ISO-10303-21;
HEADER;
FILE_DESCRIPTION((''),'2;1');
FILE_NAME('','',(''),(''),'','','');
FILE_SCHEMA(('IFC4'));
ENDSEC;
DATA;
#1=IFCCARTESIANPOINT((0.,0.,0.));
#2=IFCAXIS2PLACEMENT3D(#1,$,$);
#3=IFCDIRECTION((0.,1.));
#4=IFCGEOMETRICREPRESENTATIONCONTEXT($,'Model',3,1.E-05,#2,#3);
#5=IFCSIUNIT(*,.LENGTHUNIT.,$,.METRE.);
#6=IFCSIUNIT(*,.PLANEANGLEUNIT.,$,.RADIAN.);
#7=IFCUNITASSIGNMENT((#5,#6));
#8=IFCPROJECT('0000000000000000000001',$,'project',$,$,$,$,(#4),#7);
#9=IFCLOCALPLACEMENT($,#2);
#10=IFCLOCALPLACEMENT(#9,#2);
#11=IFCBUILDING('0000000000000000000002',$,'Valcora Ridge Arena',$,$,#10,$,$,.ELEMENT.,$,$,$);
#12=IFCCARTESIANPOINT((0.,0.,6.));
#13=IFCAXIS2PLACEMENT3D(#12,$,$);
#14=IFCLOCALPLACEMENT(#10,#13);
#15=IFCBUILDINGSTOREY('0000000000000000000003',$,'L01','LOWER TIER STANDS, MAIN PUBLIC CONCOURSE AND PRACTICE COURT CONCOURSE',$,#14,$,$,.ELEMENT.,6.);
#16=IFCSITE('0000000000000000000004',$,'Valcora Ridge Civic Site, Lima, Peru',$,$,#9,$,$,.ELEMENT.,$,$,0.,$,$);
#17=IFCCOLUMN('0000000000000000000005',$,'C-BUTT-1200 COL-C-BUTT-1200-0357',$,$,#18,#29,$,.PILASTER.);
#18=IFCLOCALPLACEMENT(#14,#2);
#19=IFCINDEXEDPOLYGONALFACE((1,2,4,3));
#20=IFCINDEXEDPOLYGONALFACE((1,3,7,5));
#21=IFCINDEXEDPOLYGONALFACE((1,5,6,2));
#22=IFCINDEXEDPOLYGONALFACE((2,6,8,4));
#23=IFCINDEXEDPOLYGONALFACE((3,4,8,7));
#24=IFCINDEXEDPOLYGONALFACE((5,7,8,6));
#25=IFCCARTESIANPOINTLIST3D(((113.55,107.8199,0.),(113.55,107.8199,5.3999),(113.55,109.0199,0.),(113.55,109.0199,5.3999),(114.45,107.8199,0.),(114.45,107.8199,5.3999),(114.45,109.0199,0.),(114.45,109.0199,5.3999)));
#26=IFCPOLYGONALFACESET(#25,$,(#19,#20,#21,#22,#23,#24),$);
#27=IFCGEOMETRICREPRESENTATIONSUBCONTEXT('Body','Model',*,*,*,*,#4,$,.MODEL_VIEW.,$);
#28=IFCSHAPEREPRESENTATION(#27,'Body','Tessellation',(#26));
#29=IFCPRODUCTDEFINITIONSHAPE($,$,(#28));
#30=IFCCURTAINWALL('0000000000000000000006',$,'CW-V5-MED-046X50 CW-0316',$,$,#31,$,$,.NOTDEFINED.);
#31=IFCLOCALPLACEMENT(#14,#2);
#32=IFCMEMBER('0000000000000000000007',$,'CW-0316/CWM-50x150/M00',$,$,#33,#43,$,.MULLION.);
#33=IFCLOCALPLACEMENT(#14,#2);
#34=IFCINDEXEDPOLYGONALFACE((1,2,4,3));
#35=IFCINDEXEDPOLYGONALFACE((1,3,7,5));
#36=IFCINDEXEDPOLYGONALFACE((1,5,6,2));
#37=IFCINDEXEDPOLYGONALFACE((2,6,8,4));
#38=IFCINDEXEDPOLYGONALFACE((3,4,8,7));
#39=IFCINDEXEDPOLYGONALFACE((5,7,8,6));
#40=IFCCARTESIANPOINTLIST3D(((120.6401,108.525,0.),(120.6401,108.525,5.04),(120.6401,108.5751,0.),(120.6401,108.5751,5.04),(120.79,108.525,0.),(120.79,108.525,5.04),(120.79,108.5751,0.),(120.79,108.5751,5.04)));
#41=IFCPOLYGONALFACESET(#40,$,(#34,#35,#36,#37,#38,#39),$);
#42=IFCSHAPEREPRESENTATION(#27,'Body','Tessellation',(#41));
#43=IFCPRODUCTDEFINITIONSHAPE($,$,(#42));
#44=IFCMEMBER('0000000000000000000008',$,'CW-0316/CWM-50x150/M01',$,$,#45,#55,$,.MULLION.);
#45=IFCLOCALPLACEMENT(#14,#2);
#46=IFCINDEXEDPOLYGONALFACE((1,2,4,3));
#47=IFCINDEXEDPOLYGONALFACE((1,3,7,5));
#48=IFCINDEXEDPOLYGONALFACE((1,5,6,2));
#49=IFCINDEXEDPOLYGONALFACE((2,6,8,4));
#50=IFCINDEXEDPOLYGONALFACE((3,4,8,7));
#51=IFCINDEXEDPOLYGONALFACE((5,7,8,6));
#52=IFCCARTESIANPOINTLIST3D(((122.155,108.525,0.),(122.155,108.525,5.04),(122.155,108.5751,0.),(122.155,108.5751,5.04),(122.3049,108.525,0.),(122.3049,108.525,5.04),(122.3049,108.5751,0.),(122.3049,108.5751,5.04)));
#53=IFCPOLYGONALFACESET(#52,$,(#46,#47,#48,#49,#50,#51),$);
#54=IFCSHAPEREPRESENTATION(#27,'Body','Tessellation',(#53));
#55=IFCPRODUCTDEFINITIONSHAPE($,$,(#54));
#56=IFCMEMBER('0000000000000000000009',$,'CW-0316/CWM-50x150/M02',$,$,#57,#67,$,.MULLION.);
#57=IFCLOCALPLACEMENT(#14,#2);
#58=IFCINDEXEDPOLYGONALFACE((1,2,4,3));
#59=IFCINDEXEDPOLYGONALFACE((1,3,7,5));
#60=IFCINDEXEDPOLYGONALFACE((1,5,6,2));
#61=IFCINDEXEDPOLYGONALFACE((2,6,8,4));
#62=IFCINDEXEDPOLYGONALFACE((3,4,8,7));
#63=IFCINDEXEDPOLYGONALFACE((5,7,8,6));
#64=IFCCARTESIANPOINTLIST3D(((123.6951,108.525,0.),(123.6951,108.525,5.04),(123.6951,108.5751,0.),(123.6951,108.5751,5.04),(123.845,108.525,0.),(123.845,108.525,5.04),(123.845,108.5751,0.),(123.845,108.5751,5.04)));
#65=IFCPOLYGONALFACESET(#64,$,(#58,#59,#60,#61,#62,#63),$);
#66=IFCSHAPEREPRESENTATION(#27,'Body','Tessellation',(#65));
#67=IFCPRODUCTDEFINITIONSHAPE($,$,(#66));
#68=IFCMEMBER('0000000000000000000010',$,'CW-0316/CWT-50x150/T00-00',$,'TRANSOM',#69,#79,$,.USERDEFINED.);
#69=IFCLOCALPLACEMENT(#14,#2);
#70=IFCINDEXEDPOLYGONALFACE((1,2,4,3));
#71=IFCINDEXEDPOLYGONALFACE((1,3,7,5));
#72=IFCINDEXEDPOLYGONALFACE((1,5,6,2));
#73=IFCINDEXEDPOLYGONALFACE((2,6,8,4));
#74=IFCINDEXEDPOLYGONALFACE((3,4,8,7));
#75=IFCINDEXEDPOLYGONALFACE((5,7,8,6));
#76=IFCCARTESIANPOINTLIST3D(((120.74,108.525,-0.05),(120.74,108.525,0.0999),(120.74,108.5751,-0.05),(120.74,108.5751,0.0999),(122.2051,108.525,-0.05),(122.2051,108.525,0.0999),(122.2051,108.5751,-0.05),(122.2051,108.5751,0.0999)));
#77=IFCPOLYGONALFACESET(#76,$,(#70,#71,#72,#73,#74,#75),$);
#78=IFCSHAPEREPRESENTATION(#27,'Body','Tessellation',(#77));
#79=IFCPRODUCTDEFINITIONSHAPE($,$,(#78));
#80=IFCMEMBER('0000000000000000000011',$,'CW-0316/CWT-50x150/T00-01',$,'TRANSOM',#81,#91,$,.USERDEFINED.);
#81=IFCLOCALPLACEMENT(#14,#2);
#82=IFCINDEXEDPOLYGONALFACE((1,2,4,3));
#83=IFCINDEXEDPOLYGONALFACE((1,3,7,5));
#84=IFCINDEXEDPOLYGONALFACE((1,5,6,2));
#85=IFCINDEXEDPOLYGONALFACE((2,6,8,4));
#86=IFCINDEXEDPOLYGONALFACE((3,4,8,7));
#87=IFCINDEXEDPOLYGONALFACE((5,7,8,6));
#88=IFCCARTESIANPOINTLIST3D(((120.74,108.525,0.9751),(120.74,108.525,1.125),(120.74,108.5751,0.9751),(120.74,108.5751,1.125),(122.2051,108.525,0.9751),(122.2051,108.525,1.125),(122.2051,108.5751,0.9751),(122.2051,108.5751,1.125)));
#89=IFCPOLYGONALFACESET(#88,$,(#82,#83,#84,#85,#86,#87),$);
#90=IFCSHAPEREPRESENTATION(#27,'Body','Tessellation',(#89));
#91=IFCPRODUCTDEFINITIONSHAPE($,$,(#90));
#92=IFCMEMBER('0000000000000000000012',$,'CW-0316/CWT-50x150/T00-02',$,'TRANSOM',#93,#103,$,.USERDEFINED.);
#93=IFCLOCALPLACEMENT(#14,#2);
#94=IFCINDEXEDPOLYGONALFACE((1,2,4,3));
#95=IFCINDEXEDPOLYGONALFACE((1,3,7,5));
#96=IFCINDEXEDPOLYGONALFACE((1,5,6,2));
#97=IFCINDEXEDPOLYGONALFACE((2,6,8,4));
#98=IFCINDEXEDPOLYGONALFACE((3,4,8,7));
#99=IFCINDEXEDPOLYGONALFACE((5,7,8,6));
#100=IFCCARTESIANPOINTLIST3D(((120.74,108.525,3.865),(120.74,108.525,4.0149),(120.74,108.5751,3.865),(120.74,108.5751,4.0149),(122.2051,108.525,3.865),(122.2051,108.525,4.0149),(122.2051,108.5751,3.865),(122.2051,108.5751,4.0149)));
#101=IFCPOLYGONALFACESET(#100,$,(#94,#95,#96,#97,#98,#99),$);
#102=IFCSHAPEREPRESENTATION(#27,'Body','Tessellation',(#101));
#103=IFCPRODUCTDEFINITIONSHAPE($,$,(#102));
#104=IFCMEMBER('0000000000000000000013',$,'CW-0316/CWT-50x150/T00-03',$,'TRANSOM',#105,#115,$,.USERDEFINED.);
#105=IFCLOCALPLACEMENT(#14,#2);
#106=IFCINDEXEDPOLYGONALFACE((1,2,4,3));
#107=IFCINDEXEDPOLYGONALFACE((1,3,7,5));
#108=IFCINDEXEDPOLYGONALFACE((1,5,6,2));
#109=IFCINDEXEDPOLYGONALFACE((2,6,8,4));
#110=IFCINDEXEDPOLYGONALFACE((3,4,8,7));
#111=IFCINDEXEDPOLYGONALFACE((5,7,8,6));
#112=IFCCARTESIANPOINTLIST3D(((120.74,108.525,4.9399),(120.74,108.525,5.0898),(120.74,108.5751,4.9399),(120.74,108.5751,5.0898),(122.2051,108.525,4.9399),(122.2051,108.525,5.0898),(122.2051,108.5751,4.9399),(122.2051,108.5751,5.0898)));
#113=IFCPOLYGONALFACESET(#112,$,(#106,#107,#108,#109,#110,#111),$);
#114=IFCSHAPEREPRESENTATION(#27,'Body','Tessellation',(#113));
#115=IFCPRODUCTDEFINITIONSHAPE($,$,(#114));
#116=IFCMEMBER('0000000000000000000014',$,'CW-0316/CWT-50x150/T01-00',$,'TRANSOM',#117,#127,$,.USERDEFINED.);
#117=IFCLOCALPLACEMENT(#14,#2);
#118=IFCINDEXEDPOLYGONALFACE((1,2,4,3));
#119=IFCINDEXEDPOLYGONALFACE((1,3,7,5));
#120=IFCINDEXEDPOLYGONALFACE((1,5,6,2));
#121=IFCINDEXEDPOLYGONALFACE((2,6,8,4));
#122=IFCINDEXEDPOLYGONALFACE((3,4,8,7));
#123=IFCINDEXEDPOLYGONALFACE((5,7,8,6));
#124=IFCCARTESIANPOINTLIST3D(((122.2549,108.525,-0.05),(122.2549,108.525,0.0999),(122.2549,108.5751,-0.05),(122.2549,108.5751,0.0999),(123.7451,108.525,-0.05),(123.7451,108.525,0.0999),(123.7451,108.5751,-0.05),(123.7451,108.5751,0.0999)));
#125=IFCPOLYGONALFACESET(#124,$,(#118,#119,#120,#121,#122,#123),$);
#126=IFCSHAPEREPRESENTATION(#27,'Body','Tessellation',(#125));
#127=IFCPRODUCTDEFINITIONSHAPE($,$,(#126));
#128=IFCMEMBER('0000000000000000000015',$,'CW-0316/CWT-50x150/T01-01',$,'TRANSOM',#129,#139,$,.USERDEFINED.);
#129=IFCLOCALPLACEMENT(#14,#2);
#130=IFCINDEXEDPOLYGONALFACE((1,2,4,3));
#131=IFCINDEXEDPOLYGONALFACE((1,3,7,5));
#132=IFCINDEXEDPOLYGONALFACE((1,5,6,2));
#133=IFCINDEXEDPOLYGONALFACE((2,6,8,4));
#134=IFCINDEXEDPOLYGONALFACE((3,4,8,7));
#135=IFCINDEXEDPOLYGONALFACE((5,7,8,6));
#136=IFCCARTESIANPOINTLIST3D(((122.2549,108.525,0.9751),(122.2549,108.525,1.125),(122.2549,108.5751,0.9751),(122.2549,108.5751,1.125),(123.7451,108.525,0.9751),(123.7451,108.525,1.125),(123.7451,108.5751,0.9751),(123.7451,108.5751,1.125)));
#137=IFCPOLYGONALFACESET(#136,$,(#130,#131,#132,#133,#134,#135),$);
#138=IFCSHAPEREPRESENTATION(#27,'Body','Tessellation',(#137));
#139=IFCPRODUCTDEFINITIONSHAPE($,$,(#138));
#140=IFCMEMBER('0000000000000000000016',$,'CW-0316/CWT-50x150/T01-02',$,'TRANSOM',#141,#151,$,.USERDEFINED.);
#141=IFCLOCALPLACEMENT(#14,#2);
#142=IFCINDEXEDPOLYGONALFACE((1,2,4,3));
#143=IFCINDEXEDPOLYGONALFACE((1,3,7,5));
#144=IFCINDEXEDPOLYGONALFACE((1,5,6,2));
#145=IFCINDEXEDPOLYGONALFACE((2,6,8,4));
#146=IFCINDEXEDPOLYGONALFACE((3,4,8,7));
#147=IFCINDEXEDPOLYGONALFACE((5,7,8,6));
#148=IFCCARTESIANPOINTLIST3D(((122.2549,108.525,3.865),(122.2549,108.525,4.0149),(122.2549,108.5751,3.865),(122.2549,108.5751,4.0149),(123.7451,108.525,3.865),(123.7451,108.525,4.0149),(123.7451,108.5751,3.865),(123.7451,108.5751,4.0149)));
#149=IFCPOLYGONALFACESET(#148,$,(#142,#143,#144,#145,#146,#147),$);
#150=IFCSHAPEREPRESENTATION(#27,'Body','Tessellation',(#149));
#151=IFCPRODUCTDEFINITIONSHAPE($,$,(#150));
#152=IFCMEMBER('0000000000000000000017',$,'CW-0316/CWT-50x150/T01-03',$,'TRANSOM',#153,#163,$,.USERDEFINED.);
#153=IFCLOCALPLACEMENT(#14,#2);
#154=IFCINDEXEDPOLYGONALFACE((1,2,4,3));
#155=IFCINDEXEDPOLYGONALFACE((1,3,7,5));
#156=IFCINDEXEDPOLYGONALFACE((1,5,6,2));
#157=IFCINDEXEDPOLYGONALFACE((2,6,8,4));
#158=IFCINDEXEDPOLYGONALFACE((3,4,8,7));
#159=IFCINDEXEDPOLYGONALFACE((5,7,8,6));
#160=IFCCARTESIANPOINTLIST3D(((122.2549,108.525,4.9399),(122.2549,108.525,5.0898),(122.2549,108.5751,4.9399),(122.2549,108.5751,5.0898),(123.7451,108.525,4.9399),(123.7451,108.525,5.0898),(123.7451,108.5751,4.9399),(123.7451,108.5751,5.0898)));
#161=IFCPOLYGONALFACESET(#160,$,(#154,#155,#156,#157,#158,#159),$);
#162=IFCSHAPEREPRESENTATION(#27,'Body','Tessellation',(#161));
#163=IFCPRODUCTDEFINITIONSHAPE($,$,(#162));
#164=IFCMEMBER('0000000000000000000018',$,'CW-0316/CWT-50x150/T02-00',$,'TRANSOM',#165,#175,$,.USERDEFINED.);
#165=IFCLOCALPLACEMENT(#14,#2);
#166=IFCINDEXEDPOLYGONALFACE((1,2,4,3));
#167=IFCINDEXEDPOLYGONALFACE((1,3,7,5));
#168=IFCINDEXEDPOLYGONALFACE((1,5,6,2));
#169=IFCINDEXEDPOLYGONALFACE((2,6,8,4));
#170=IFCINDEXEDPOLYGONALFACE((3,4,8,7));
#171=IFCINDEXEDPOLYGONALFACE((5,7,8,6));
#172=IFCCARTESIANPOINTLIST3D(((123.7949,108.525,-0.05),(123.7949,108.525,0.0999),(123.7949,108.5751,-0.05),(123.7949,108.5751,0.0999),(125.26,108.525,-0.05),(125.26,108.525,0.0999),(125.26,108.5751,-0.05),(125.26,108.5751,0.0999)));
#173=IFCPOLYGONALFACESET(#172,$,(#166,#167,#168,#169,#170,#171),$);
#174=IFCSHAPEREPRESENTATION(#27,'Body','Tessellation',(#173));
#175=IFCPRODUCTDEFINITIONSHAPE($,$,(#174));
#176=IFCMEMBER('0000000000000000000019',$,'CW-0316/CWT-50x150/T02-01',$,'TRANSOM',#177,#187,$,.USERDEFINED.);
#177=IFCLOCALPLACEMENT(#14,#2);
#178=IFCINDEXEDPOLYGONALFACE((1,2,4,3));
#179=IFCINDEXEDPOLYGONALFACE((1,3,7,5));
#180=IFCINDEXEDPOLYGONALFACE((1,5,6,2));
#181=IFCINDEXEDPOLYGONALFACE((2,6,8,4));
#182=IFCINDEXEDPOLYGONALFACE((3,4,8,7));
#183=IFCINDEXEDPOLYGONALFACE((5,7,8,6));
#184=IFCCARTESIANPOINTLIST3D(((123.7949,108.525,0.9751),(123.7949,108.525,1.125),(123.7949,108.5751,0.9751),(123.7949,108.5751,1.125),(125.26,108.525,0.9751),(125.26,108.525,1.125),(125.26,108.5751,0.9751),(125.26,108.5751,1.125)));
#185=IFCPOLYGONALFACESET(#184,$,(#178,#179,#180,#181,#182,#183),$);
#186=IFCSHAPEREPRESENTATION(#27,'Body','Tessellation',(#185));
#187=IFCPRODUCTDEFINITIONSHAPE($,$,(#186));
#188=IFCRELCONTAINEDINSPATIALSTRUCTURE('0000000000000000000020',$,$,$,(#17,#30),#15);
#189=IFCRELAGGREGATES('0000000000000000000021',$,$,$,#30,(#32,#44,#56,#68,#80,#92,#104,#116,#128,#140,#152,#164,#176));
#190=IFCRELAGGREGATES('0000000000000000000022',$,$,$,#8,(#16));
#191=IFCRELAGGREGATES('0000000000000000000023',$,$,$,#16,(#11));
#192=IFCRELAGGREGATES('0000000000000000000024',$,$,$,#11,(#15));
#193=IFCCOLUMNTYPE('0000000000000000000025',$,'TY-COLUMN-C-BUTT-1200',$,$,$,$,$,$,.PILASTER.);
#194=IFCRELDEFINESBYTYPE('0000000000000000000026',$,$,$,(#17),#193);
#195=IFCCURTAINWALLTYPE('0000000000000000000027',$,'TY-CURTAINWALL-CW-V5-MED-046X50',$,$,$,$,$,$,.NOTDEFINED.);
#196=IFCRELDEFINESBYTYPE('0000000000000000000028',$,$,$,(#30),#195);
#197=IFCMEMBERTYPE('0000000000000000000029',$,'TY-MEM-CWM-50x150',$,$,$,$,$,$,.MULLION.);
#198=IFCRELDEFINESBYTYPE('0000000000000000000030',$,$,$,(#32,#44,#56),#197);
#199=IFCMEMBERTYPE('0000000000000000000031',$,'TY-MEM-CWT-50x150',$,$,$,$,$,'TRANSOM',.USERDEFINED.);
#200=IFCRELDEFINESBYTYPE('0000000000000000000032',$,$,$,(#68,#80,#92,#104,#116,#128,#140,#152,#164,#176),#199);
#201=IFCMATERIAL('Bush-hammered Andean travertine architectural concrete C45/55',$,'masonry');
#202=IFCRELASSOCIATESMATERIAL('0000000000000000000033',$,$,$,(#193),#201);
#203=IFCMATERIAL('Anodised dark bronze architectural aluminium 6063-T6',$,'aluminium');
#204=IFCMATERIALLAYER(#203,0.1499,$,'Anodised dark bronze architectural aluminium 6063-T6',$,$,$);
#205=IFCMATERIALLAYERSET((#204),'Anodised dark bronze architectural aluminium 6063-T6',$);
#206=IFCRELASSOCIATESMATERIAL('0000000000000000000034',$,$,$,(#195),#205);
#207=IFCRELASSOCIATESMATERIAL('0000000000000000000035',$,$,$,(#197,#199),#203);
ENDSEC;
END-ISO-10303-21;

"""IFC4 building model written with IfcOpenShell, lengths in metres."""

from ifc_helpers import new_model, si_unit, direction, frame, origin, origin_2d, place, context, subcontext, project, spatial, rectangle, extrude, material, layer, layer_set, material_profile, profile_set, type_object, element, aggregate, save


model = new_model("IFC4")

# Units and contexts
model_context = context("Model", 3, precision=1e-05, world=origin(), true_north=direction((0.0, 1.0)))
body_context = subcontext(model_context, "Body", "Model", "MODEL_VIEW")
ifc_project = project(units=[si_unit("LENGTHUNIT", "METRE"), si_unit("PLANEANGLEUNIT", "RADIAN")], contexts=[model_context])

# Site, building, storey
site_placement = place(None, origin())
site = spatial("IfcSite", under=ifc_project, at=site_placement, Name="Valcora Ridge Civic Site, Lima, Peru", CompositionType="ELEMENT", RefElevation=0.0)
building_placement = place(site_placement, origin())
building = spatial("IfcBuilding", under=site, at=building_placement, Name="Valcora Ridge Arena", CompositionType="ELEMENT")
storey_placement = place(building_placement, frame((0.0, 0.0, 6.0)))
storey = spatial("IfcBuildingStorey", under=building, at=storey_placement, Name="L01", Description="LOWER TIER STANDS, MAIN PUBLIC CONCOURSE AND PRACTICE COURT CONCOURSE", CompositionType="ELEMENT", Elevation=6.0)

# Column
ifc_material_1 = material(Name="Bush-hammered Andean travertine architectural concrete C45/55", Category="masonry")
ifc_material_profile_1 = material_profile(ifc_material_1, rectangle(XDim=0.8999, YDim=1.2, at=origin_2d()), Name="RC 900x1200")
ifc_profile_set_1 = profile_set([ifc_material_profile_1], Name="Bush-hammered Andean travertine architectural concrete C45/55")
column_type = type_object("IfcColumnType", Name="TY-COLUMN-C-BUTT-1200", PredefinedType="PILASTER", material=ifc_profile_set_1)
column_placement = place(storey_placement, frame((114.0, 108.4199, 0.0), z_axis=(0.0, 0.0, 1.0), x_axis=(1.0, 0.0, 0.0)))
element("IfcColumn", 1, at=column_placement, inside=storey, type_object=column_type, Name="C-BUTT-1200 COL-C-BUTT-1200-0357", PredefinedType="PILASTER", context=body_context, shape_type="SweptSolid", body=[
    extrude(rectangle(XDim=0.8999, YDim=1.2, at=origin_2d()), origin(), (0.0, 0.0, 1.0), 5.3999),
])

# Curtain wall, members
ifc_material_2 = material(Name="Anodised dark bronze architectural aluminium 6063-T6", Category="aluminium")
ifc_layer_1 = layer(ifc_material_2, 0.1499, Name="Anodised dark bronze architectural aluminium 6063-T6")
ifc_layer_set_1 = layer_set([ifc_layer_1], Name="Anodised dark bronze architectural aluminium 6063-T6")
curtain_wall_type = type_object("IfcCurtainWallType", Name="TY-CURTAINWALL-CW-V5-MED-046X50", PredefinedType="NOTDEFINED", material=ifc_layer_set_1)
curtain_wall_placement = place(storey_placement, origin())
curtain_wall = element("IfcCurtainWall", 2, at=curtain_wall_placement, inside=storey, type_object=curtain_wall_type, Name="CW-V5-MED-046X50 CW-0316", PredefinedType="NOTDEFINED")
ifc_material_profile_2 = material_profile(ifc_material_2, rectangle(XDim=0.05, YDim=0.1499, at=origin_2d()), Name="ALU MULLION 50x150")
ifc_profile_set_2 = profile_set([ifc_material_profile_2], Name="Anodised dark bronze architectural aluminium 6063-T6")
member_type_1 = type_object("IfcMemberType", Name="TY-MEM-CWM-50x150", PredefinedType="MULLION", material=ifc_profile_set_2)
member_1_placement = place(storey_placement, frame((120.7151, 108.55, 0.0), z_axis=(0.0, 0.0, 1.0), x_axis=(0.0, 1.0, 0.0)))
member_1 = element("IfcMember", 3, at=member_1_placement, type_object=member_type_1, Name="CW-0316/CWM-50x150/M00", PredefinedType="MULLION", context=body_context, shape_type="SweptSolid", body=[
    extrude(rectangle(XDim=0.05, YDim=0.1499, at=origin_2d()), origin(), (0.0, 0.0, 1.0), 5.04),
])
member_2_placement = place(storey_placement, frame((122.23, 108.55, 0.0), z_axis=(0.0, 0.0, 1.0), x_axis=(0.0, 1.0, 0.0)))
member_2 = element("IfcMember", 4, at=member_2_placement, type_object=member_type_1, Name="CW-0316/CWM-50x150/M01", PredefinedType="MULLION", context=body_context, shape_type="SweptSolid", body=[
    extrude(rectangle(XDim=0.05, YDim=0.1499, at=origin_2d()), origin(), (0.0, 0.0, 1.0), 5.04),
])
member_3_placement = place(storey_placement, frame((123.77, 108.55, 0.0), z_axis=(0.0, 0.0, 1.0), x_axis=(0.0, 1.0, 0.0)))
member_3 = element("IfcMember", 5, at=member_3_placement, type_object=member_type_1, Name="CW-0316/CWM-50x150/M02", PredefinedType="MULLION", context=body_context, shape_type="SweptSolid", body=[
    extrude(rectangle(XDim=0.05, YDim=0.1499, at=origin_2d()), origin(), (0.0, 0.0, 1.0), 5.04),
])
ifc_material_profile_3 = material_profile(ifc_material_2, rectangle(XDim=0.05, YDim=0.1499, at=origin_2d()), Name="ALU TRANSOM 50x150")
ifc_profile_set_3 = profile_set([ifc_material_profile_3], Name="Anodised dark bronze architectural aluminium 6063-T6")
member_type_2 = type_object("IfcMemberType", Name="TY-MEM-CWT-50x150", ElementType="TRANSOM", PredefinedType="USERDEFINED", material=ifc_profile_set_3)
member_4_placement = place(storey_placement, frame((120.74, 108.55, 0.0249), z_axis=(1.0, 0.0, 0.0), x_axis=(0.0, 1.0, 0.0)))
member_4 = element("IfcMember", 6, at=member_4_placement, type_object=member_type_2, Name="CW-0316/CWT-50x150/T00-00", ObjectType="TRANSOM", PredefinedType="USERDEFINED", context=body_context, shape_type="SweptSolid", body=[
    extrude(rectangle(XDim=0.05, YDim=0.1499, at=origin_2d()), origin(), (0.0, 0.0, 1.0), 1.4651),
])
member_5_placement = place(storey_placement, frame((120.74, 108.55, 1.05), z_axis=(1.0, 0.0, 0.0), x_axis=(0.0, 1.0, 0.0)))
member_5 = element("IfcMember", 7, at=member_5_placement, type_object=member_type_2, Name="CW-0316/CWT-50x150/T00-01", ObjectType="TRANSOM", PredefinedType="USERDEFINED", context=body_context, shape_type="SweptSolid", body=[
    extrude(rectangle(XDim=0.05, YDim=0.1499, at=origin_2d()), origin(), (0.0, 0.0, 1.0), 1.4651),
])
member_6_placement = place(storey_placement, frame((120.74, 108.55, 3.9399), z_axis=(1.0, 0.0, 0.0), x_axis=(0.0, 1.0, 0.0)))
member_6 = element("IfcMember", 8, at=member_6_placement, type_object=member_type_2, Name="CW-0316/CWT-50x150/T00-02", ObjectType="TRANSOM", PredefinedType="USERDEFINED", context=body_context, shape_type="SweptSolid", body=[
    extrude(rectangle(XDim=0.05, YDim=0.1499, at=origin_2d()), origin(), (0.0, 0.0, 1.0), 1.4651),
])
member_7_placement = place(storey_placement, frame((120.74, 108.55, 5.0149), z_axis=(1.0, 0.0, 0.0), x_axis=(0.0, 1.0, 0.0)))
member_7 = element("IfcMember", 9, at=member_7_placement, type_object=member_type_2, Name="CW-0316/CWT-50x150/T00-03", ObjectType="TRANSOM", PredefinedType="USERDEFINED", context=body_context, shape_type="SweptSolid", body=[
    extrude(rectangle(XDim=0.05, YDim=0.1499, at=origin_2d()), origin(), (0.0, 0.0, 1.0), 1.4651),
])
member_8_placement = place(storey_placement, frame((122.2549, 108.55, 0.0249), z_axis=(1.0, 0.0, 0.0), x_axis=(0.0, 1.0, 0.0)))
member_8 = element("IfcMember", 10, at=member_8_placement, type_object=member_type_2, Name="CW-0316/CWT-50x150/T01-00", ObjectType="TRANSOM", PredefinedType="USERDEFINED", context=body_context, shape_type="SweptSolid", body=[
    extrude(rectangle(XDim=0.05, YDim=0.1499, at=origin_2d()), origin(), (0.0, 0.0, 1.0), 1.4902),
])
member_9_placement = place(storey_placement, frame((122.2549, 108.55, 1.05), z_axis=(1.0, 0.0, 0.0), x_axis=(0.0, 1.0, 0.0)))
member_9 = element("IfcMember", 11, at=member_9_placement, type_object=member_type_2, Name="CW-0316/CWT-50x150/T01-01", ObjectType="TRANSOM", PredefinedType="USERDEFINED", context=body_context, shape_type="SweptSolid", body=[
    extrude(rectangle(XDim=0.05, YDim=0.1499, at=origin_2d()), origin(), (0.0, 0.0, 1.0), 1.4902),
])
member_10_placement = place(storey_placement, frame((122.2549, 108.55, 3.9399), z_axis=(1.0, 0.0, 0.0), x_axis=(0.0, 1.0, 0.0)))
member_10 = element("IfcMember", 12, at=member_10_placement, type_object=member_type_2, Name="CW-0316/CWT-50x150/T01-02", ObjectType="TRANSOM", PredefinedType="USERDEFINED", context=body_context, shape_type="SweptSolid", body=[
    extrude(rectangle(XDim=0.05, YDim=0.1499, at=origin_2d()), origin(), (0.0, 0.0, 1.0), 1.4902),
])
member_11_placement = place(storey_placement, frame((122.2549, 108.55, 5.0149), z_axis=(1.0, 0.0, 0.0), x_axis=(0.0, 1.0, 0.0)))
member_11 = element("IfcMember", 13, at=member_11_placement, type_object=member_type_2, Name="CW-0316/CWT-50x150/T01-03", ObjectType="TRANSOM", PredefinedType="USERDEFINED", context=body_context, shape_type="SweptSolid", body=[
    extrude(rectangle(XDim=0.05, YDim=0.1499, at=origin_2d()), origin(), (0.0, 0.0, 1.0), 1.4902),
])
member_12_placement = place(storey_placement, frame((123.7949, 108.55, 0.0249), z_axis=(1.0, 0.0, 0.0), x_axis=(0.0, 1.0, 0.0)))
member_12 = element("IfcMember", 14, at=member_12_placement, type_object=member_type_2, Name="CW-0316/CWT-50x150/T02-00", ObjectType="TRANSOM", PredefinedType="USERDEFINED", context=body_context, shape_type="SweptSolid", body=[
    extrude(rectangle(XDim=0.05, YDim=0.1499, at=origin_2d()), origin(), (0.0, 0.0, 1.0), 1.4651),
])
member_13_placement = place(storey_placement, frame((123.7949, 108.55, 1.05), z_axis=(1.0, 0.0, 0.0), x_axis=(0.0, 1.0, 0.0)))
member_13 = element("IfcMember", 15, at=member_13_placement, type_object=member_type_2, Name="CW-0316/CWT-50x150/T02-01", ObjectType="TRANSOM", PredefinedType="USERDEFINED", context=body_context, shape_type="SweptSolid", body=[
    extrude(rectangle(XDim=0.05, YDim=0.1499, at=origin_2d()), origin(), (0.0, 0.0, 1.0), 1.4651),
])
aggregate(curtain_wall, [member_1, member_2, member_3, member_4, member_5, member_6, member_7, member_8, member_9, member_10, member_11, member_12, member_13])

save(model, "model.ifc")
